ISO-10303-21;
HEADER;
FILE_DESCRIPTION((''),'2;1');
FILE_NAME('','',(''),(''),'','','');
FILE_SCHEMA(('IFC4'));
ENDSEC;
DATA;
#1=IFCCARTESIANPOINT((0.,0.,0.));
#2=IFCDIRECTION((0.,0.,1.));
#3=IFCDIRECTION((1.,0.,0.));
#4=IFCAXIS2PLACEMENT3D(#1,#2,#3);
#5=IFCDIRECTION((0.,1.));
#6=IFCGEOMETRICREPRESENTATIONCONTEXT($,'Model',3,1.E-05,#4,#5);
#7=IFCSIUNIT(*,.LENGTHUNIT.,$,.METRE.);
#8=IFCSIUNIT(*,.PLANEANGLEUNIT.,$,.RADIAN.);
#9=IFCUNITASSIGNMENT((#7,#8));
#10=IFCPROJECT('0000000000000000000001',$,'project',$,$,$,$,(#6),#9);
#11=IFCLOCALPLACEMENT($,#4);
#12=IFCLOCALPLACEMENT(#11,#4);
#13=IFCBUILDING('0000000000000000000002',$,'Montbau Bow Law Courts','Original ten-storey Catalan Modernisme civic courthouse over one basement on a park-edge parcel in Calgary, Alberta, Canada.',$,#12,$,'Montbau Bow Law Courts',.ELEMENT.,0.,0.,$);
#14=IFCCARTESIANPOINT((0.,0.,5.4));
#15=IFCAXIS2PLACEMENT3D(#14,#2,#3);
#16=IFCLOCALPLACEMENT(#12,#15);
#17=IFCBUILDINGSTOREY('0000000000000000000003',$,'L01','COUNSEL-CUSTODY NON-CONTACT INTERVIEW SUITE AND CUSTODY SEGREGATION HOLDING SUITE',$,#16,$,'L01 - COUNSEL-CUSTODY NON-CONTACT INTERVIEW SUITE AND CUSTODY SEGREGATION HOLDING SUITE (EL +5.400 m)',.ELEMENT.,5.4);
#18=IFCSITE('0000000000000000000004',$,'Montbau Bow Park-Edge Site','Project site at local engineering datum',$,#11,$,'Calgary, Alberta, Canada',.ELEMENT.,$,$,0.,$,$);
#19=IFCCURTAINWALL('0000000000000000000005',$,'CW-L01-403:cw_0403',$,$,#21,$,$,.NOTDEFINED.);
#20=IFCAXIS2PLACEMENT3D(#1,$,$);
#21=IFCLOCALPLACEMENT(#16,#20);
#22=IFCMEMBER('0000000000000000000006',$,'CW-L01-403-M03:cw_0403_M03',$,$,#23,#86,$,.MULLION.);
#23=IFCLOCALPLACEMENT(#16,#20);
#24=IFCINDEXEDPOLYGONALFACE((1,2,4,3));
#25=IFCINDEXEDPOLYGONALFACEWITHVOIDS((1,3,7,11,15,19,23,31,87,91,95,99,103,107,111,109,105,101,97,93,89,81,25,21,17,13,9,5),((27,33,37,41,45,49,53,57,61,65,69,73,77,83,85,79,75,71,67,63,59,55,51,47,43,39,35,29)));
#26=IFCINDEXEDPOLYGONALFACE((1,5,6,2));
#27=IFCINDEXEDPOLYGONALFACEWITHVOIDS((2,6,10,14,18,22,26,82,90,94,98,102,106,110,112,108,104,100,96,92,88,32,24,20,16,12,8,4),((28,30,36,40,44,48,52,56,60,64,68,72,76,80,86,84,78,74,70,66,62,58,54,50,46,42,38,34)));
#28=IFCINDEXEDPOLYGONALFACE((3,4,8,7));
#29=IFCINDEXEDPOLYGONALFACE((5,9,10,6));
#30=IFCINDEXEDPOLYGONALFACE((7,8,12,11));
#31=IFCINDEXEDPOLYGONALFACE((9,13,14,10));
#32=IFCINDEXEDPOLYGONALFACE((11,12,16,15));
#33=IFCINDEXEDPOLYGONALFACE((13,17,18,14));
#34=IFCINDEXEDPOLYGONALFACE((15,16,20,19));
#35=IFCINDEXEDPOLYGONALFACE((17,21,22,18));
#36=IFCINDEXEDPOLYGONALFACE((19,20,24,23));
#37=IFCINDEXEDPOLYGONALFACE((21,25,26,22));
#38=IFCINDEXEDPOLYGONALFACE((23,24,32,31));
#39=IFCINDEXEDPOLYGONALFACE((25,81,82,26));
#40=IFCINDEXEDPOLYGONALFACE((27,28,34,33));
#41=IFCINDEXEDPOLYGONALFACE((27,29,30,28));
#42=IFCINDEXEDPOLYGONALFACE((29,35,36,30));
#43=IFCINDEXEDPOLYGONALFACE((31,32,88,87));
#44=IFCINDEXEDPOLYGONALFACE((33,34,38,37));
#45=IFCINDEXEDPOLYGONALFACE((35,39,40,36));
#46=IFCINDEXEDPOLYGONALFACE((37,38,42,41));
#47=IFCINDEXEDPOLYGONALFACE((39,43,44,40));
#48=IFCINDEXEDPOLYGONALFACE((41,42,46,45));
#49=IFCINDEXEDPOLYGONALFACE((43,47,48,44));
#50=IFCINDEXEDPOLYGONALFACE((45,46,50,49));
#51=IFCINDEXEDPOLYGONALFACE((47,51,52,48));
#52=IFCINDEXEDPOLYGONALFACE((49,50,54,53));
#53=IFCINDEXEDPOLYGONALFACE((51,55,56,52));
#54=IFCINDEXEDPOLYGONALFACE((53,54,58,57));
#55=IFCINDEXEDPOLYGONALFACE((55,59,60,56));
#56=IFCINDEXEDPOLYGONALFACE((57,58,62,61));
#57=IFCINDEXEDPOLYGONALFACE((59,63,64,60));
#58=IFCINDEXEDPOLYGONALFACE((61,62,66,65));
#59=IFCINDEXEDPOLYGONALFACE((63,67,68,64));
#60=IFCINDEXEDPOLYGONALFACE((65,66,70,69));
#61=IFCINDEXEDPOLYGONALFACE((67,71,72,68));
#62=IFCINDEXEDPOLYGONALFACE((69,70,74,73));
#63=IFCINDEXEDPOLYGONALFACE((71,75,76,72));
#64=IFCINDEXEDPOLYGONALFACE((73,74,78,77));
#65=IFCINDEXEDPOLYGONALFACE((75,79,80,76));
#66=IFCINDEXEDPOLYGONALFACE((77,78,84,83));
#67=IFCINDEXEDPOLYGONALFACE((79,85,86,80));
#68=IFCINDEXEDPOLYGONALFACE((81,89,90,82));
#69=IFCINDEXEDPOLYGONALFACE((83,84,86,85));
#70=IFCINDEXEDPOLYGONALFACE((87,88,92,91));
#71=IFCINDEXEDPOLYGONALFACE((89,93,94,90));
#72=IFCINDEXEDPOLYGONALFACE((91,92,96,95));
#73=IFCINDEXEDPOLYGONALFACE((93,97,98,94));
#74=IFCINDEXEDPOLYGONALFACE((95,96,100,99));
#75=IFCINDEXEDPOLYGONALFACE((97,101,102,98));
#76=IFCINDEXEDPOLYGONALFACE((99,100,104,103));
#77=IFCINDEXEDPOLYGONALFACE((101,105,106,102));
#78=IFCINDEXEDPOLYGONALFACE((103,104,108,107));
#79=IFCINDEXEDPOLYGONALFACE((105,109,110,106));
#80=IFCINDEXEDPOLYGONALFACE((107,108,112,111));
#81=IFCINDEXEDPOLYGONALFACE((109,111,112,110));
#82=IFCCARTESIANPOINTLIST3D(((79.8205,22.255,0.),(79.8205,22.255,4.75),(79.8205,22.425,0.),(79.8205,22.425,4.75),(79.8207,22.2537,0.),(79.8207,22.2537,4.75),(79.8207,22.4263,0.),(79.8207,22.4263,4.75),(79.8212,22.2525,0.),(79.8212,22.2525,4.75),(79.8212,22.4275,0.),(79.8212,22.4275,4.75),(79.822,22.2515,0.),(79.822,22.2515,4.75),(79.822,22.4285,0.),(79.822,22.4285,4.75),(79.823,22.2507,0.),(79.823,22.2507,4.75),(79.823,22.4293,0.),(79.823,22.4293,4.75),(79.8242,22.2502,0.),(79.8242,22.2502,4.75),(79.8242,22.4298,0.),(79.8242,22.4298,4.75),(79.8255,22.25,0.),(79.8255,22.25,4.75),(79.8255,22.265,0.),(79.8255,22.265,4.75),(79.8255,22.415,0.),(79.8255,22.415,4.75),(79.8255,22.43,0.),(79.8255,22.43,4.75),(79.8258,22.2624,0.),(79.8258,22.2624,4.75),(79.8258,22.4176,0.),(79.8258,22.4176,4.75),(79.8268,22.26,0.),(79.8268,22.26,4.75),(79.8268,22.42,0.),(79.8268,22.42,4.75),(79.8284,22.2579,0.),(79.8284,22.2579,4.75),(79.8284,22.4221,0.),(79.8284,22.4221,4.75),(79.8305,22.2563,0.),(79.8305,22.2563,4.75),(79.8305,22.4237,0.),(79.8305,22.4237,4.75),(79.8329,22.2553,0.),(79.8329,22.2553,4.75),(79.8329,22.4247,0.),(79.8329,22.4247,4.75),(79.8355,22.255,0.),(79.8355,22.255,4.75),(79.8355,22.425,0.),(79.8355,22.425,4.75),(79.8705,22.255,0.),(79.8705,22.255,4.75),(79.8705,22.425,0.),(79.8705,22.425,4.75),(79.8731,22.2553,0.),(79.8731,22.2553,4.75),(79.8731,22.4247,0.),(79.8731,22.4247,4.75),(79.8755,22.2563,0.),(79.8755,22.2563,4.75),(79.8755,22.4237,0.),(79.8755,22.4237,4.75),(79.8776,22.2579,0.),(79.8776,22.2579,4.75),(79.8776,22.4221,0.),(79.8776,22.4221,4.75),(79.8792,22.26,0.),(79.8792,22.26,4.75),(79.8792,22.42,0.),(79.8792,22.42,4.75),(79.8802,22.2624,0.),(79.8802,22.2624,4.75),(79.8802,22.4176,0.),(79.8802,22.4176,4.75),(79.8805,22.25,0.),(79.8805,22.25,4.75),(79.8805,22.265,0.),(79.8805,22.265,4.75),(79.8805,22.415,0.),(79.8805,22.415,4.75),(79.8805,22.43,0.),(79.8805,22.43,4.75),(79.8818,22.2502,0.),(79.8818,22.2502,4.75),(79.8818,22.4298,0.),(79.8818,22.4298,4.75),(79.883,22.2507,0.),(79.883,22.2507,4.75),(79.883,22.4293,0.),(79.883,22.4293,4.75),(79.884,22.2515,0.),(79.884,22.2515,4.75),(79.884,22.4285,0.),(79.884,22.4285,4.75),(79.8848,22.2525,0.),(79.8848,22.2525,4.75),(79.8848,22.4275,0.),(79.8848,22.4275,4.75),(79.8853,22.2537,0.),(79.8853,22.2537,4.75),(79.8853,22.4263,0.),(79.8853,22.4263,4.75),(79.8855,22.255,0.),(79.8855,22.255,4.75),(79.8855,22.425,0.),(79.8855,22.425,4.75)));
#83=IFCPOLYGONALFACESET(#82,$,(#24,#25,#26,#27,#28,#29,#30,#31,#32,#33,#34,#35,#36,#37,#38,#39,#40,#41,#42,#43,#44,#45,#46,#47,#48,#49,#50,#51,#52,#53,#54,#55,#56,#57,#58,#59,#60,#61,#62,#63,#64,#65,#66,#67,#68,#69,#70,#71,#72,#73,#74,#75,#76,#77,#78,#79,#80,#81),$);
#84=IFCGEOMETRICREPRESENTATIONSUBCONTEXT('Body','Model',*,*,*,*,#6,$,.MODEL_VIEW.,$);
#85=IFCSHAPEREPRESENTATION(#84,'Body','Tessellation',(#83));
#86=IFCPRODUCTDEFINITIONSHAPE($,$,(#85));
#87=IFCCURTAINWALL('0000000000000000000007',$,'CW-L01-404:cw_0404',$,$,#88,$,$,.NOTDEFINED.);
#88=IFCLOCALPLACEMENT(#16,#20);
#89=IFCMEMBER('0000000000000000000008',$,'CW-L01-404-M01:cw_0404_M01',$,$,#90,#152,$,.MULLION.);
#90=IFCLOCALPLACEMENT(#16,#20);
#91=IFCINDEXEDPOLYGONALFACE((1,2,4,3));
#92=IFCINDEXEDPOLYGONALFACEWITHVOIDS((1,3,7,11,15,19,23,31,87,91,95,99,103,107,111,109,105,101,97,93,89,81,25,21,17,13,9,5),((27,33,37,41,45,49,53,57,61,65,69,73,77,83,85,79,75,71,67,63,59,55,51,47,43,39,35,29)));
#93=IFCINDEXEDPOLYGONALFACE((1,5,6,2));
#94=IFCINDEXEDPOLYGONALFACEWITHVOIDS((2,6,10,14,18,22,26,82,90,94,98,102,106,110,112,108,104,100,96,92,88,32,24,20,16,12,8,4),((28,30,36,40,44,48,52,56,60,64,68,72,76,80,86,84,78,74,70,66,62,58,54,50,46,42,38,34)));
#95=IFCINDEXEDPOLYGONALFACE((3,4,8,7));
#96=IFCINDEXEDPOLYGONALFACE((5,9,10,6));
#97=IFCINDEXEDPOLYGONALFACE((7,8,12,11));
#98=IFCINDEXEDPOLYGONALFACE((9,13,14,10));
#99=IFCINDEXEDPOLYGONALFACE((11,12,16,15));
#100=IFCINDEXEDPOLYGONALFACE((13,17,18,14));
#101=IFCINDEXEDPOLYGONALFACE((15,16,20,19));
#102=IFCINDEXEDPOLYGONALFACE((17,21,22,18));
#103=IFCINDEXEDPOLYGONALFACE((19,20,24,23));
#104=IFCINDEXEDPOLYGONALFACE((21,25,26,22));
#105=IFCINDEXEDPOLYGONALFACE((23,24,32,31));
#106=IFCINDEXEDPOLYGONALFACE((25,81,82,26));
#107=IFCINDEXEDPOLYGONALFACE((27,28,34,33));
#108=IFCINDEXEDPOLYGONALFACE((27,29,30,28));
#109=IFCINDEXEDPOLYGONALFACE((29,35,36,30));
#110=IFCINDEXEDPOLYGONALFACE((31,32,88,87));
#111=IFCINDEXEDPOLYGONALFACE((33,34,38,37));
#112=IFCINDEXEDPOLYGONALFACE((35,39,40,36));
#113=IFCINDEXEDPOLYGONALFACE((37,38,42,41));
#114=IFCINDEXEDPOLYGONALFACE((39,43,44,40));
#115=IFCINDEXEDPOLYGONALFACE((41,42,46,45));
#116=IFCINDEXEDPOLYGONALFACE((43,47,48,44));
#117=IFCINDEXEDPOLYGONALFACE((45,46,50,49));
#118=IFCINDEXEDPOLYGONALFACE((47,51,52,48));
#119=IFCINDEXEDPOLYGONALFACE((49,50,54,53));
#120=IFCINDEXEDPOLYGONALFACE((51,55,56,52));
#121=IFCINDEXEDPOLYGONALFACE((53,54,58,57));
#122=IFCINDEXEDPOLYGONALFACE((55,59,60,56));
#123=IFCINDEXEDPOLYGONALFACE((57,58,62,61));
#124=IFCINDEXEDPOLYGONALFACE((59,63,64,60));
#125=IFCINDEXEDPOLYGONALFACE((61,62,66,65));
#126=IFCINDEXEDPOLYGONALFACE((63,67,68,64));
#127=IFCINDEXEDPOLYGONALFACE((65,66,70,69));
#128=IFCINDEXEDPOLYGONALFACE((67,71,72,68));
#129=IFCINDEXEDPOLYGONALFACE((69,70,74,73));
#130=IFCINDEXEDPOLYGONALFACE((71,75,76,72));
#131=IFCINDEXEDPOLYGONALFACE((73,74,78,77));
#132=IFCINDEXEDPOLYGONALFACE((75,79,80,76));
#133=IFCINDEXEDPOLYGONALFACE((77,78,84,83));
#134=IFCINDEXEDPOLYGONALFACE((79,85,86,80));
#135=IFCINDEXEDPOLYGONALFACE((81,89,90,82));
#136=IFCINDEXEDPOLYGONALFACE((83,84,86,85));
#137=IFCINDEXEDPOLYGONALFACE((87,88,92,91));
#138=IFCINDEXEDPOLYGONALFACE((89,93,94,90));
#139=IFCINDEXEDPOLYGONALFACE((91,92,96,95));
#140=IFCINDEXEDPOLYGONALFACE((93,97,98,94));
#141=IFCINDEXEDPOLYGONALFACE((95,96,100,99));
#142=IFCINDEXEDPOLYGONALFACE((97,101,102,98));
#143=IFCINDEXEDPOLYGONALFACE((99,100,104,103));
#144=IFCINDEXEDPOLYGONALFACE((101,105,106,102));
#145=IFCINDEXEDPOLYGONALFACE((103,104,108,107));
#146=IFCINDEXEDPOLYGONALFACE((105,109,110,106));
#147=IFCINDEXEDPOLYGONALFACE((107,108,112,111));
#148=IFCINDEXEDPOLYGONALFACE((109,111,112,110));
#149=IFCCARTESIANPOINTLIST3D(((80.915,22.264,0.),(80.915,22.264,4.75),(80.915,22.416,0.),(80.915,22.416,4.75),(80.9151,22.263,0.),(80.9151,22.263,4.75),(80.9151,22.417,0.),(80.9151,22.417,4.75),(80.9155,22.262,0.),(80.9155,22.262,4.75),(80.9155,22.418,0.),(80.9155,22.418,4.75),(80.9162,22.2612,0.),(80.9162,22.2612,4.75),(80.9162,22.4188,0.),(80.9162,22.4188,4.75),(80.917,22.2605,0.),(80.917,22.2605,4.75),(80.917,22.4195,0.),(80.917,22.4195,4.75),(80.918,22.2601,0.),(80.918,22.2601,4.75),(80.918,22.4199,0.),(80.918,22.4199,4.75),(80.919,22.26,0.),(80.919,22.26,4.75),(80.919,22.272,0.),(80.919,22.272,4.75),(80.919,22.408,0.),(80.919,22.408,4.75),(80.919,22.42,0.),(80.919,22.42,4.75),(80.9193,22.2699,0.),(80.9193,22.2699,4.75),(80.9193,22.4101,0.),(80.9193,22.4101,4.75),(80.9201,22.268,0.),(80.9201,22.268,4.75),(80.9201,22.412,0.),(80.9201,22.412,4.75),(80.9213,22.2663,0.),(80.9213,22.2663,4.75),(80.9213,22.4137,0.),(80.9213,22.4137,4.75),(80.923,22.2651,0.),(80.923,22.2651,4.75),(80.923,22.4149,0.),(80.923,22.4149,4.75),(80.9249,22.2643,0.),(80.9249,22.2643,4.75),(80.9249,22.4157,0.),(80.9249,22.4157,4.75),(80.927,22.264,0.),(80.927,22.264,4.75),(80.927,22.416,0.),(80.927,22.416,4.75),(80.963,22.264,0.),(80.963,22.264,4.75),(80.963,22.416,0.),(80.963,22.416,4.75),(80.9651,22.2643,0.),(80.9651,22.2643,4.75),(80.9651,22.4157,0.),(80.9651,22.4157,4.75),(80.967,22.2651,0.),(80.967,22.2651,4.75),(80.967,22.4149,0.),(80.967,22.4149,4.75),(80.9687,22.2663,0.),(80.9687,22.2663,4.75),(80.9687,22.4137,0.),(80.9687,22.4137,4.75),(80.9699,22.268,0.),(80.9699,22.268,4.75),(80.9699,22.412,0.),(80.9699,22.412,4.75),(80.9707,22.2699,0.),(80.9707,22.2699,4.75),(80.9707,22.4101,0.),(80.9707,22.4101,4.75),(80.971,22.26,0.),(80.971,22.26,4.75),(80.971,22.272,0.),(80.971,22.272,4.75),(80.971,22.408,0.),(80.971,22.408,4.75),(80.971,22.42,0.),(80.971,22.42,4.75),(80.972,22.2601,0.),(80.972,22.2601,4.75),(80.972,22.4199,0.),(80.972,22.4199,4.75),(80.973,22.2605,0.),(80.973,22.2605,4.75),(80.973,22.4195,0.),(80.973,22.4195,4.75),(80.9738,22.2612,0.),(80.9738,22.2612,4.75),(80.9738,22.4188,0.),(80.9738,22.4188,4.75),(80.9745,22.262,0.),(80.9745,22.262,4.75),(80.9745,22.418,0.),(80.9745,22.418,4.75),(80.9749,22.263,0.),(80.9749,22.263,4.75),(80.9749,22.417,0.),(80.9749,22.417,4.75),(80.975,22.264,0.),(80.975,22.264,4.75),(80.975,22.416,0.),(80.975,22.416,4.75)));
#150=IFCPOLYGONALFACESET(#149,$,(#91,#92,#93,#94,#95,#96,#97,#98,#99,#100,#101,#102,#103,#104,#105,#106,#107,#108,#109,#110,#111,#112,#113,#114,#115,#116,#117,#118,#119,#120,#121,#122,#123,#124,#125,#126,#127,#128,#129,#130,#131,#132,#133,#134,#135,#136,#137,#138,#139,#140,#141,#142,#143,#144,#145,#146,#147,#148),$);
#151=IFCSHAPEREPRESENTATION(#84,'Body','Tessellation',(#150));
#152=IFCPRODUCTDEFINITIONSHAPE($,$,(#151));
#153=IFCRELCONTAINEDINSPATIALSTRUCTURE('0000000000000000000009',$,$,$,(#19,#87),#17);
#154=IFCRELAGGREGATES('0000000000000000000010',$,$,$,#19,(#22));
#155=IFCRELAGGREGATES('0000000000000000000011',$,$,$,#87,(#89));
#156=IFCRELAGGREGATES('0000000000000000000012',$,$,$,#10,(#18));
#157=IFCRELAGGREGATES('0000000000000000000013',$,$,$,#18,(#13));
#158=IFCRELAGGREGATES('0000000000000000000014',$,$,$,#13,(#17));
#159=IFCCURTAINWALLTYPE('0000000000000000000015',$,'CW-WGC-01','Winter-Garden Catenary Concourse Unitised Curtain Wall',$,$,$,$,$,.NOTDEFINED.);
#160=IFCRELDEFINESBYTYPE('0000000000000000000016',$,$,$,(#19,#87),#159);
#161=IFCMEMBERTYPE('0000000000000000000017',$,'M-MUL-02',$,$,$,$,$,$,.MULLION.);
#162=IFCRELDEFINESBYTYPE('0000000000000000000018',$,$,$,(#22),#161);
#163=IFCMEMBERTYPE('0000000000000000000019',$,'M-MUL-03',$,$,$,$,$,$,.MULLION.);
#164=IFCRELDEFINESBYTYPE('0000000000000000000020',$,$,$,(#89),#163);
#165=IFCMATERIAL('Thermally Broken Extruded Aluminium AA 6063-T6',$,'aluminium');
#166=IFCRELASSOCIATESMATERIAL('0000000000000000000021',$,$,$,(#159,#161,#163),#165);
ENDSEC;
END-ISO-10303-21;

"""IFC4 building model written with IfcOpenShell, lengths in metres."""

from ifc_helpers import new_model, si_unit, direction, frame, origin_with_axes, origin_2d_with_axis, place, context, subcontext, project, spatial, hollow_rectangle, extrude, material, material_profile, profile_set, type_object, element, aggregate, save


model = new_model("IFC4")

# Units and contexts
model_context = context("Model", 3, precision=1e-05, world=origin_with_axes(), true_north=direction((0.0, 1.0)))
body_context = subcontext(model_context, "Body", "Model", "MODEL_VIEW")
ifc_project = project(units=[si_unit("LENGTHUNIT", "METRE"), si_unit("PLANEANGLEUNIT", "RADIAN")], contexts=[model_context])

# Site, building, storey
site_placement = place(None, origin_with_axes())
site = spatial("IfcSite", under=ifc_project, at=site_placement, Name="Montbau Bow Park-Edge Site", Description="Project site at local engineering datum", LongName="Calgary, Alberta, Canada", CompositionType="ELEMENT", RefElevation=0.0)
building_placement = place(site_placement, origin_with_axes())
building = spatial("IfcBuilding", under=site, at=building_placement, Name="Montbau Bow Law Courts", Description="Original ten-storey Catalan Modernisme civic courthouse over one basement on a park-edge parcel in Calgary, Alberta, Canada.", LongName="Montbau Bow Law Courts", CompositionType="ELEMENT", ElevationOfRefHeight=0.0, ElevationOfTerrain=0.0)
storey_placement = place(building_placement, frame((0.0, 0.0, 5.4), z_axis=(0.0, 0.0, 1.0), x_axis=(1.0, 0.0, 0.0)))
storey = spatial("IfcBuildingStorey", under=building, at=storey_placement, Name="L01", Description="COUNSEL-CUSTODY NON-CONTACT INTERVIEW SUITE AND CUSTODY SEGREGATION HOLDING SUITE", LongName="L01 - COUNSEL-CUSTODY NON-CONTACT INTERVIEW SUITE AND CUSTODY SEGREGATION HOLDING SUITE (EL +5.400 m)", CompositionType="ELEMENT", Elevation=5.4)

# Shared definitions
ifc_material_1 = material(Name="Thermally Broken Extruded Aluminium AA 6063-T6", Category="aluminium")
curtain_wall_type = type_object("IfcCurtainWallType", Name="CW-WGC-01", Description="Winter-Garden Catenary Concourse Unitised Curtain Wall", PredefinedType="NOTDEFINED", material=ifc_material_1)

# Curtain walls, members
curtain_wall_1_placement = place(None, frame((76.59, 22.34, 5.4), z_axis=(0.0, 0.0, 1.0), x_axis=(1.0, 0.0, 0.0)))
curtain_wall_1 = element("IfcCurtainWall", 1, at=curtain_wall_1_placement, inside=storey, type_object=curtain_wall_type, Name="CW-L01-403:cw_0403", PredefinedType="NOTDEFINED")
ifc_material_profile_1 = material_profile(ifc_material_1, hollow_rectangle(XDim=0.065, YDim=0.18, WallThickness=0.005, InnerFilletRadius=0.01, OuterFilletRadius=0.005, at=origin_2d_with_axis()), Name="CWM-180X65", Category="Main", Priority=0)
ifc_profile_set_1 = profile_set([ifc_material_profile_1], Name="Thermally Broken Extruded Aluminium AA 6063-T6")
member_type_1 = type_object("IfcMemberType", Name="M-MUL-02", PredefinedType="MULLION", material=ifc_profile_set_1)
member_1_placement = place(None, frame((79.853, 22.34, 5.4), z_axis=(0.0, 0.0, 1.0), x_axis=(1.0, 0.0, 0.0)))
member_1 = element("IfcMember", 2, at=member_1_placement, type_object=member_type_1, Name="CW-L01-403-M03:cw_0403_M03", PredefinedType="MULLION", context=body_context, shape_type="SweptSolid", body=[
    extrude(hollow_rectangle(XDim=0.065, YDim=0.18, WallThickness=0.005, InnerFilletRadius=0.01, OuterFilletRadius=0.005, at=origin_2d_with_axis()), origin_with_axes(), (0.0, 0.0, 1.0), 4.75),
])
curtain_wall_2_placement = place(None, frame((80.915, 22.34, 5.4), z_axis=(0.0, 0.0, 1.0), x_axis=(1.0, 0.0, 0.0)))
curtain_wall_2 = element("IfcCurtainWall", 3, at=curtain_wall_2_placement, inside=storey, type_object=curtain_wall_type, Name="CW-L01-404:cw_0404", PredefinedType="NOTDEFINED")
ifc_material_profile_2 = material_profile(ifc_material_1, hollow_rectangle(XDim=0.06, YDim=0.16, WallThickness=0.004, InnerFilletRadius=0.008, OuterFilletRadius=0.004, at=origin_2d_with_axis()), Name="CWM-160X60", Category="Main", Priority=0)
ifc_profile_set_2 = profile_set([ifc_material_profile_2], Name="Thermally Broken Extruded Aluminium AA 6063-T6")
member_type_2 = type_object("IfcMemberType", Name="M-MUL-03", PredefinedType="MULLION", material=ifc_profile_set_2)
member_2_placement = place(None, frame((80.945, 22.34, 5.4), z_axis=(0.0, 0.0, 1.0), x_axis=(1.0, 0.0, 0.0)))
member_2 = element("IfcMember", 4, at=member_2_placement, type_object=member_type_2, Name="CW-L01-404-M01:cw_0404_M01", PredefinedType="MULLION", context=body_context, shape_type="SweptSolid", body=[
    extrude(hollow_rectangle(XDim=0.06, YDim=0.16, WallThickness=0.004, InnerFilletRadius=0.008, OuterFilletRadius=0.004, at=origin_2d_with_axis()), origin_with_axes(), (0.0, 0.0, 1.0), 4.75),
])

aggregate(curtain_wall_1, [member_1])
aggregate(curtain_wall_2, [member_2])

save(model, "model.ifc")
